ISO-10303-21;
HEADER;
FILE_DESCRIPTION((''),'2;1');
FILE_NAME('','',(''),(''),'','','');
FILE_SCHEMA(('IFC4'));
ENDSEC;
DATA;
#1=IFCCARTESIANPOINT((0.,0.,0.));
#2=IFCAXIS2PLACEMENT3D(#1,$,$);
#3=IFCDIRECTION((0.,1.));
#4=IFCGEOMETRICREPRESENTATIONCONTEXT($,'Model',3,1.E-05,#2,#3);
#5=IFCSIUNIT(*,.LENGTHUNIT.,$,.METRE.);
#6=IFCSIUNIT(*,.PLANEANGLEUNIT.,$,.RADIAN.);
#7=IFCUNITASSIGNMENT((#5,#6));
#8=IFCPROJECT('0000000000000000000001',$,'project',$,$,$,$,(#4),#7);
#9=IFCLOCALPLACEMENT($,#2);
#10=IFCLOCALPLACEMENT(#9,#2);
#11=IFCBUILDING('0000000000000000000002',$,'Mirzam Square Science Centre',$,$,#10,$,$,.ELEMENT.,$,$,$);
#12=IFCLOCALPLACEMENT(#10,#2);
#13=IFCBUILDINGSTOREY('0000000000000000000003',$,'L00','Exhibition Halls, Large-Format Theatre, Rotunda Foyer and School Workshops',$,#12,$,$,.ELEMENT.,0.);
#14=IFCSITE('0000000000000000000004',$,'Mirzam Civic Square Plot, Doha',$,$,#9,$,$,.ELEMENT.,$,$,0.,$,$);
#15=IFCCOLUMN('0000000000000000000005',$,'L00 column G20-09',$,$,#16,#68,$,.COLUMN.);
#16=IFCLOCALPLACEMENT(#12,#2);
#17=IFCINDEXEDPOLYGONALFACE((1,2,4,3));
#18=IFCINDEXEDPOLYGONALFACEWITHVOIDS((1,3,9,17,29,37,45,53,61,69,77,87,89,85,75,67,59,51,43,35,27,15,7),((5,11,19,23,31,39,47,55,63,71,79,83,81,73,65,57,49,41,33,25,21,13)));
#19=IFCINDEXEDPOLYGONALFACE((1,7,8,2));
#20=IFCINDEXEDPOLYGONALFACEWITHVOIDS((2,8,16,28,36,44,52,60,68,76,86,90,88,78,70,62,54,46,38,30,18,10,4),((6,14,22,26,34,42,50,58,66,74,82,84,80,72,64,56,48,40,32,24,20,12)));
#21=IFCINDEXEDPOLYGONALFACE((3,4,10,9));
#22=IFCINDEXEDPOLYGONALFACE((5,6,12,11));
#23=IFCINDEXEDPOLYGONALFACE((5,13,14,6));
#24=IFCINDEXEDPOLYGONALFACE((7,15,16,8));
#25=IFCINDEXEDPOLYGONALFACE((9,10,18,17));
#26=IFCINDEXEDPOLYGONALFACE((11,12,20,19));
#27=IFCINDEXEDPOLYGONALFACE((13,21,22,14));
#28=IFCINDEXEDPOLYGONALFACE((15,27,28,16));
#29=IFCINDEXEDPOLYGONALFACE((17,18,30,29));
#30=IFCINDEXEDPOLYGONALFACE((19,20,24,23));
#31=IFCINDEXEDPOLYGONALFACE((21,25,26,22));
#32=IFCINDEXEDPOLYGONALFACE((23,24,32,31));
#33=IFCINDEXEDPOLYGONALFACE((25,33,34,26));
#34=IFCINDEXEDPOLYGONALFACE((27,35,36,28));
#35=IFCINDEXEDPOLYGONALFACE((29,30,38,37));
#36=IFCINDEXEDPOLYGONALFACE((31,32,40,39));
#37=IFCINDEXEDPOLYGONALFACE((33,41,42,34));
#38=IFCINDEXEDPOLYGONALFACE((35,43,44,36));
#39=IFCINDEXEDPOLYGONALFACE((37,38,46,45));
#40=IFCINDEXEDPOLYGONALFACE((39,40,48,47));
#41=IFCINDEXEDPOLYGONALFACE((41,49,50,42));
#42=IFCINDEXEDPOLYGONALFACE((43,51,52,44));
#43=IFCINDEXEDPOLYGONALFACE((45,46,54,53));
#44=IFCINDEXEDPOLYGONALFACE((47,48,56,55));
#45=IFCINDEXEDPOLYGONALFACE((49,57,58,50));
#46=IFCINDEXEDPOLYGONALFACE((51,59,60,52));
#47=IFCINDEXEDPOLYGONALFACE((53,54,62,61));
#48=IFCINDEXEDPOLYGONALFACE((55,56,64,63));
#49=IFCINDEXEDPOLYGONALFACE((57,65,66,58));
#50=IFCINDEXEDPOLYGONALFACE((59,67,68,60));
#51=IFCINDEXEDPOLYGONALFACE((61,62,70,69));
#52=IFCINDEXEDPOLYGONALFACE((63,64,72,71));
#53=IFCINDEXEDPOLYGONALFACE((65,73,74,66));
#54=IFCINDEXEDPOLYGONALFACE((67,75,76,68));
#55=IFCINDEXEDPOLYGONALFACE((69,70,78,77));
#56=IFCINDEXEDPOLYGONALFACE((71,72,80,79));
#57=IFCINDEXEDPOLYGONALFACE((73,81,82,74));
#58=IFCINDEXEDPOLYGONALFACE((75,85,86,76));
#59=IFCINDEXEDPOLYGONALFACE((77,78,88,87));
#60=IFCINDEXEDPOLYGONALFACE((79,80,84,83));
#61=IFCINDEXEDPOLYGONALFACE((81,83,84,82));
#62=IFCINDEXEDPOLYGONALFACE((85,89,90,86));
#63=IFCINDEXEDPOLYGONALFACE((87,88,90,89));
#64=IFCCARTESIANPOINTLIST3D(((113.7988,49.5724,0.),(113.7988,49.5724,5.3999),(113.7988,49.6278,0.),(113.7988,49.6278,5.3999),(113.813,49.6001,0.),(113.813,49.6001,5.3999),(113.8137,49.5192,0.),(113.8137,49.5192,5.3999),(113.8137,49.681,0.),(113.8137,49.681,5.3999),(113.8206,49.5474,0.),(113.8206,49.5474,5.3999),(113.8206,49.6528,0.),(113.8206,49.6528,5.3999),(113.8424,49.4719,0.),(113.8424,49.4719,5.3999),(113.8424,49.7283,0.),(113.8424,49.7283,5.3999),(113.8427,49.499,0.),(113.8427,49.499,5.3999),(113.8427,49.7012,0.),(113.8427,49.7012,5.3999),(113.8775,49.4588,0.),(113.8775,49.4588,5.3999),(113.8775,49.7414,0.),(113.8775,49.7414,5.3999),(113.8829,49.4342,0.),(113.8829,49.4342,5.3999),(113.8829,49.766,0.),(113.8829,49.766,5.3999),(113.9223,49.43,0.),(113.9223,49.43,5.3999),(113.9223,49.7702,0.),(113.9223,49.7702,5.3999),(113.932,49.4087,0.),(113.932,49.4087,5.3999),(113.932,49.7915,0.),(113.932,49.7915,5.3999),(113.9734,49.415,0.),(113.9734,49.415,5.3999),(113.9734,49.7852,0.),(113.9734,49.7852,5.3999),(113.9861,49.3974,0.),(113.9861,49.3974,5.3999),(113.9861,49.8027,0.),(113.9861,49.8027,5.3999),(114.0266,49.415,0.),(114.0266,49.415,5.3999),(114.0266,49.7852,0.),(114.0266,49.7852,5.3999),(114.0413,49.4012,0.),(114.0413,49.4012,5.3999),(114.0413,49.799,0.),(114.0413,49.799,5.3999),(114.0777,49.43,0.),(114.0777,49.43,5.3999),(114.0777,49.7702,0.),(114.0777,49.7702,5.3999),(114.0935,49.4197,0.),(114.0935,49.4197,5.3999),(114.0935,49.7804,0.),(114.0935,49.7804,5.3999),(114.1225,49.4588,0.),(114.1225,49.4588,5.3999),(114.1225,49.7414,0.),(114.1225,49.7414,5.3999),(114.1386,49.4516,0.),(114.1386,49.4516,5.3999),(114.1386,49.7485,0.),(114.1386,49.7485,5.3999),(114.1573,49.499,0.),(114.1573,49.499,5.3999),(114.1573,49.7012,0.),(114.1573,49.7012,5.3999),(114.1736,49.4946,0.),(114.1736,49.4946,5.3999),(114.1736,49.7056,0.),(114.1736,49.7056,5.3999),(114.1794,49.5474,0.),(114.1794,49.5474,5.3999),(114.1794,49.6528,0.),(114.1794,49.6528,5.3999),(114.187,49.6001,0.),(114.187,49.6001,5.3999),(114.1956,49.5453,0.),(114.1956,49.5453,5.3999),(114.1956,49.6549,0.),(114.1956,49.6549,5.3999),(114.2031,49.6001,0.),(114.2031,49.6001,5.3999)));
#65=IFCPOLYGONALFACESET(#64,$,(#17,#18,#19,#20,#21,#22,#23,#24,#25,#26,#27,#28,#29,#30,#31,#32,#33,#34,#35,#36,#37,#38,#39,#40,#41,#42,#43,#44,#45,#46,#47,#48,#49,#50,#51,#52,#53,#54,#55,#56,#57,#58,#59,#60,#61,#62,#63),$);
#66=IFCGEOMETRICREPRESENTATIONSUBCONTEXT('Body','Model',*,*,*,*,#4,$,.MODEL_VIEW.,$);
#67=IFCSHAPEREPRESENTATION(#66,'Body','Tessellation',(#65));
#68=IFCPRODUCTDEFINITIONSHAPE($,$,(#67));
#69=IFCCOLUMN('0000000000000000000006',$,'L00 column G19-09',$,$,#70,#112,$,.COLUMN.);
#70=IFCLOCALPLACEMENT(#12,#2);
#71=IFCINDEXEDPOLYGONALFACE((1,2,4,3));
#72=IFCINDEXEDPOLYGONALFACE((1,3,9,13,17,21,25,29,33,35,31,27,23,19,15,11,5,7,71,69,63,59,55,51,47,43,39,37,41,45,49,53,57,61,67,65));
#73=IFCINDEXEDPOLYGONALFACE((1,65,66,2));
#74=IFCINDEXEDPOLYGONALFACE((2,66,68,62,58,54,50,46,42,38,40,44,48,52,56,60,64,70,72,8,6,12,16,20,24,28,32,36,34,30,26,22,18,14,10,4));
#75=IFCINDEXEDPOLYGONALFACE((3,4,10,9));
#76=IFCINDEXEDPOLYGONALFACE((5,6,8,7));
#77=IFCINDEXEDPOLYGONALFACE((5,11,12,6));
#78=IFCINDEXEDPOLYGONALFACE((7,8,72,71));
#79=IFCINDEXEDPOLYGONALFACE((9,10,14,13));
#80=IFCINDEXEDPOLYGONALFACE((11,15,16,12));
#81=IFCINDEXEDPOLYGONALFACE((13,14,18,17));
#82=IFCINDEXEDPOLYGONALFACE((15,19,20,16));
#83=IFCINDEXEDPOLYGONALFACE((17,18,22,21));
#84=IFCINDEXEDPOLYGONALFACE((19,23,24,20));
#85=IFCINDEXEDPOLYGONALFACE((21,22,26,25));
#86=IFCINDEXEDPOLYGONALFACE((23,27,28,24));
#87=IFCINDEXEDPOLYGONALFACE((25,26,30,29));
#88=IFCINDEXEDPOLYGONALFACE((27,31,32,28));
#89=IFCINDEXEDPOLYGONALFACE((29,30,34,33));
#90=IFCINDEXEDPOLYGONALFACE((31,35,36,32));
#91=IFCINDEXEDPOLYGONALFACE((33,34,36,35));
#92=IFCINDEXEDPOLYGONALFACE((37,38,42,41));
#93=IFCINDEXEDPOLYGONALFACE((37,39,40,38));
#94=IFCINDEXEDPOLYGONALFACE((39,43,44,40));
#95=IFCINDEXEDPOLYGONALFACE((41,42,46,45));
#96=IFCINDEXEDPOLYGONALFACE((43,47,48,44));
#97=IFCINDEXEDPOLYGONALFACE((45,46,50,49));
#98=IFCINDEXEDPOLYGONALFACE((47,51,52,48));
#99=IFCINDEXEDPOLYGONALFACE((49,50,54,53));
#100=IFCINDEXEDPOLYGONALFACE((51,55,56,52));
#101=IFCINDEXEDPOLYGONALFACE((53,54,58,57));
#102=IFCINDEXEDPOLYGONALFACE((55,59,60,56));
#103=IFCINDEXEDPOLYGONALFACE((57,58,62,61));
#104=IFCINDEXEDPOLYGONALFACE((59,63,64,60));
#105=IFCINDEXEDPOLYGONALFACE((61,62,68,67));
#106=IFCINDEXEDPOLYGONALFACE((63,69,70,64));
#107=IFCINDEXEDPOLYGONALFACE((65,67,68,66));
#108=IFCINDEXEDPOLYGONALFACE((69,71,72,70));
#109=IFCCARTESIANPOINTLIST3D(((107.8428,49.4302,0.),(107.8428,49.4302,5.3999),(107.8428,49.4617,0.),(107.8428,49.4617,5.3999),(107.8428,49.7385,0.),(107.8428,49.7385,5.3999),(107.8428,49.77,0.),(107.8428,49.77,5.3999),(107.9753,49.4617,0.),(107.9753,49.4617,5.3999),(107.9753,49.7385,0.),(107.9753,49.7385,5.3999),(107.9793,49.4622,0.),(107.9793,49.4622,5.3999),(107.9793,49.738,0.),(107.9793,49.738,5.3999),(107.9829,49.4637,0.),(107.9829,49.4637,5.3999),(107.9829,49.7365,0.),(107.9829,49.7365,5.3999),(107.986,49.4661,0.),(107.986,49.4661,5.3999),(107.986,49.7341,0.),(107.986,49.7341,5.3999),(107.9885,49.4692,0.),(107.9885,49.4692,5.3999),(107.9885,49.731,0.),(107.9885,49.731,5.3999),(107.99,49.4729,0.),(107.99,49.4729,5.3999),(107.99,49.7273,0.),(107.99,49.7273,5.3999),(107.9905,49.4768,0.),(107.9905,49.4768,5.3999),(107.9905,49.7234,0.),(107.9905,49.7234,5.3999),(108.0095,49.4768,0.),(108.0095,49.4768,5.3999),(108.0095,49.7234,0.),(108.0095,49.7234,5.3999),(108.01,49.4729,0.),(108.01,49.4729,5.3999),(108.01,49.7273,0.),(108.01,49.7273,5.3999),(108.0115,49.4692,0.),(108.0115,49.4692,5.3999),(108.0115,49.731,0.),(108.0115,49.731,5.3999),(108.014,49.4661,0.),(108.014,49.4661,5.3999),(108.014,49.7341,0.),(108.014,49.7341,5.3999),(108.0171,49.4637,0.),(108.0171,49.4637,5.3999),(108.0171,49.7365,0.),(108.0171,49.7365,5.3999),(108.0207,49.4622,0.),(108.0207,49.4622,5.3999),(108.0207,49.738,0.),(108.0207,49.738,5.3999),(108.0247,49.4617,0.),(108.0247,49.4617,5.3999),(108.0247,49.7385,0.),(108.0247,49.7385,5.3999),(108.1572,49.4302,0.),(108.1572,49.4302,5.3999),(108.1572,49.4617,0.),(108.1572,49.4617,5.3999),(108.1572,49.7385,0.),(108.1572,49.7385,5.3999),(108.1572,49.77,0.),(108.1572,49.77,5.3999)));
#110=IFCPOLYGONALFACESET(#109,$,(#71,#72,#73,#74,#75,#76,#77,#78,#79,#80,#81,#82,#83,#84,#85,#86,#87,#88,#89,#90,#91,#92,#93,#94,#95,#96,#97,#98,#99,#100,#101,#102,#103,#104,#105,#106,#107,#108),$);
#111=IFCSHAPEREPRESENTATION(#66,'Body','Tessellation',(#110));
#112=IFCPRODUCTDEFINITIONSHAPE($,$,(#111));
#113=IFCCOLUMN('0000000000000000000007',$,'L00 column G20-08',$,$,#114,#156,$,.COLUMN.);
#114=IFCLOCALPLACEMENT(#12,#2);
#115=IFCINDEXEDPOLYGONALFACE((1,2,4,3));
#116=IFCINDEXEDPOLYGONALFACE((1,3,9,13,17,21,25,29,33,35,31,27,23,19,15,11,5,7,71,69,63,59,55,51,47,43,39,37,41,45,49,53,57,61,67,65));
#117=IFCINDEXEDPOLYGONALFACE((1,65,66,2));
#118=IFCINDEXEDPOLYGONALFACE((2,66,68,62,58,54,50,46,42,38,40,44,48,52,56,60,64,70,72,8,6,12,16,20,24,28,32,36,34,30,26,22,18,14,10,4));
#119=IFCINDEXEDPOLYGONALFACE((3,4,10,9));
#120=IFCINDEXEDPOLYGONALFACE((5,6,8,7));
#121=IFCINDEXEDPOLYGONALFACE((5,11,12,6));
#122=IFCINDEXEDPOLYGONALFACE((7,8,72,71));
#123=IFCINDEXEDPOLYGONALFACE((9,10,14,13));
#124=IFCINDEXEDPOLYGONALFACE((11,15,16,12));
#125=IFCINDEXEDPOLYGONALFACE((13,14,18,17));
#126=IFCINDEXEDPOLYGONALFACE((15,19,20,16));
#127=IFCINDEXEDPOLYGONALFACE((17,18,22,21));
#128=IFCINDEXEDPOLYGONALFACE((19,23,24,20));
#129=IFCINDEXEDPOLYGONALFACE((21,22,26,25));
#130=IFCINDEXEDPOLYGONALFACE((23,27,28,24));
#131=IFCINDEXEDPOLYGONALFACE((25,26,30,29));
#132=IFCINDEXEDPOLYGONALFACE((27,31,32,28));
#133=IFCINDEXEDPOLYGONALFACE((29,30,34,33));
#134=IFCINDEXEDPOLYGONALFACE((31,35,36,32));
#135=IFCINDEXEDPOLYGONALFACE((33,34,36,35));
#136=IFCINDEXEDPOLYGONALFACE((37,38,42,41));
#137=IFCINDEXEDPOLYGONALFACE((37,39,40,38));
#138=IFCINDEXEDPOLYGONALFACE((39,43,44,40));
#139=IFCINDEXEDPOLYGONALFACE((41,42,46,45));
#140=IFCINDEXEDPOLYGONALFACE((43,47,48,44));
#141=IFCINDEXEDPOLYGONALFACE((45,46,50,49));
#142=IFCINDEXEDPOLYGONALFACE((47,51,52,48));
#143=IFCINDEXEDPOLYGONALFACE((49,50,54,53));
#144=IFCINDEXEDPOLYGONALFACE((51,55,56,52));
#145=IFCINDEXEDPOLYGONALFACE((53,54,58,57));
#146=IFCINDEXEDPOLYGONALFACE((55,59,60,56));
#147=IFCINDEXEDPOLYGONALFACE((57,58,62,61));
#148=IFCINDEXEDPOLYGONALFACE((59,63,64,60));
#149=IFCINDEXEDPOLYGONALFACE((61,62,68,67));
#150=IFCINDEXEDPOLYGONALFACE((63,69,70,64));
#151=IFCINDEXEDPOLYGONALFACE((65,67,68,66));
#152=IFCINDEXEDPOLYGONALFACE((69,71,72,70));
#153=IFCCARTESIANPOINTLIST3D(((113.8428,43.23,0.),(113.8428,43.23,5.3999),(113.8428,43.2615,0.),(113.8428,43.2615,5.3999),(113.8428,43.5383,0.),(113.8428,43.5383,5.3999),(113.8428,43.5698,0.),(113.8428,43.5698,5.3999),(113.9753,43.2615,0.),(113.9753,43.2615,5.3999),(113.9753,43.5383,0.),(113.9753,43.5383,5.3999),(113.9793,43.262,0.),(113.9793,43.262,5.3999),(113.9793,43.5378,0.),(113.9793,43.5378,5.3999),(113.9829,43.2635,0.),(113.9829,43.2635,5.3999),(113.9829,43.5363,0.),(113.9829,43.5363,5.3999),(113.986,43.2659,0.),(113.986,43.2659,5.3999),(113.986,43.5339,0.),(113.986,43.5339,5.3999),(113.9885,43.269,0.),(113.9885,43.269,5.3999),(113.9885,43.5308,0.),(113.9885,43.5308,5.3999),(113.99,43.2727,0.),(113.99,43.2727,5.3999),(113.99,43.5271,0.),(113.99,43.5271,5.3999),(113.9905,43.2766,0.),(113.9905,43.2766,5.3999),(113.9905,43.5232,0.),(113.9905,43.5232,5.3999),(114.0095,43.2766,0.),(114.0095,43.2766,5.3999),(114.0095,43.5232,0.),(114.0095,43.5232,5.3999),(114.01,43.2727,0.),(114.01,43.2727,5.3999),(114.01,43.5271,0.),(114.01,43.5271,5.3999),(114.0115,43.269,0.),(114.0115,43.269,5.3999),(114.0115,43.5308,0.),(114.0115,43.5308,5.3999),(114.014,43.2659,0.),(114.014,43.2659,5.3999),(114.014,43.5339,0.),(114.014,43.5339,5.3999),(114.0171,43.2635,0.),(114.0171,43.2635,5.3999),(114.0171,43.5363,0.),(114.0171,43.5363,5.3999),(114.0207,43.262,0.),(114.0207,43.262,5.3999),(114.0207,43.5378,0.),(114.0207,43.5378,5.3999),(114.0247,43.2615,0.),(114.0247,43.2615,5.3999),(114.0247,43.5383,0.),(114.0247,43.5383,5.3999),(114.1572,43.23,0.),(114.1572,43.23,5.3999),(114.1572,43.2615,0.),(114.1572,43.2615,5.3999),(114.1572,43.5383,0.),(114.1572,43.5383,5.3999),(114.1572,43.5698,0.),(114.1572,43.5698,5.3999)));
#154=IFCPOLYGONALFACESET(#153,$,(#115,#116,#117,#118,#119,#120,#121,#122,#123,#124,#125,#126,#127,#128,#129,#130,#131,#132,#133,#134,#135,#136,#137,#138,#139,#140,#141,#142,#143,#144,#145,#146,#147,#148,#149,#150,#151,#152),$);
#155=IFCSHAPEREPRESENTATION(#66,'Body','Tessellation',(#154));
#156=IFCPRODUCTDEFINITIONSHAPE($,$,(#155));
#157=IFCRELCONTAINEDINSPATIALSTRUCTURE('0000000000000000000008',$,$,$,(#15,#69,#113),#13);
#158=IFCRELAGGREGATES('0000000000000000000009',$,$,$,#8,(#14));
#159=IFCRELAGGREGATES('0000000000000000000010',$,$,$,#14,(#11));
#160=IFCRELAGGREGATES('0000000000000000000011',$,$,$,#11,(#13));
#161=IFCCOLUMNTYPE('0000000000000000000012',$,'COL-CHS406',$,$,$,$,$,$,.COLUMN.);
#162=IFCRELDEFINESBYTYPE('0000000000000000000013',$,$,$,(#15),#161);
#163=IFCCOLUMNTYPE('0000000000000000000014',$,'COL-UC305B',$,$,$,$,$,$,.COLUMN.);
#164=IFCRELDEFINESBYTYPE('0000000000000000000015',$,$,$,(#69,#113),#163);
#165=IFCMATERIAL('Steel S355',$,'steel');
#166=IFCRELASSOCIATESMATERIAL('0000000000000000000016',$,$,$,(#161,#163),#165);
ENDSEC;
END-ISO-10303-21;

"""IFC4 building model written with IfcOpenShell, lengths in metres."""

from ifc_helpers import new_model, si_unit, direction, frame, origin, origin_2d, place, context, subcontext, project, spatial, hollow_circle, i_section, extrude, material, material_profile, profile_set, type_object, element, save


model = new_model("IFC4")

# Units and contexts
model_context = context("Model", 3, precision=1e-05, world=origin(), true_north=direction((0.0, 1.0)))
body_context = subcontext(model_context, "Body", "Model", "MODEL_VIEW")
ifc_project = project(units=[si_unit("LENGTHUNIT", "METRE"), si_unit("PLANEANGLEUNIT", "RADIAN")], contexts=[model_context])

# Site, building, storey
site_placement = place(None, origin())
site = spatial("IfcSite", under=ifc_project, at=site_placement, Name="Mirzam Civic Square Plot, Doha", CompositionType="ELEMENT", RefElevation=0.0)
building_placement = place(site_placement, origin())
building = spatial("IfcBuilding", under=site, at=building_placement, Name="Mirzam Square Science Centre", CompositionType="ELEMENT")
storey_placement = place(building_placement, origin())
storey = spatial("IfcBuildingStorey", under=building, at=storey_placement, Name="L00", Description="Exhibition Halls, Large-Format Theatre, Rotunda Foyer and School Workshops", CompositionType="ELEMENT", Elevation=0.0)

# Columns
ifc_material_1 = material(Name="Steel S355", Category="steel")
ifc_material_profile_1 = material_profile(ifc_material_1, hollow_circle(Radius=0.2031, WallThickness=0.0161, at=origin_2d()), Name="406.4x16.0CHS")
ifc_profile_set_1 = profile_set([ifc_material_profile_1], Name="Steel S355")
column_type_1 = type_object("IfcColumnType", Name="COL-CHS406", PredefinedType="COLUMN", material=ifc_profile_set_1)
column_placement = place(storey_placement, frame((114.0, 49.6001, 0.0), z_axis=(0.0, 0.0, 1.0), x_axis=(1.0, 0.0, 0.0)))
element("IfcColumn", 1, at=column_placement, inside=storey, type_object=column_type_1, Name="L00 column G20-09", PredefinedType="COLUMN", context=body_context, shape_type="SweptSolid", body=[
    extrude(hollow_circle(Radius=0.2031, WallThickness=0.0161, at=origin_2d()), origin(), (0.0, 0.0, 1.0), 5.3999),
])
ifc_material_profile_2 = material_profile(ifc_material_1, i_section(OverallWidth=0.3145, OverallDepth=0.3398, WebThickness=0.019, FlangeThickness=0.0315, FilletRadius=0.0151, at=origin_2d()), Name="305x305x198UC")
ifc_profile_set_2 = profile_set([ifc_material_profile_2], Name="Steel S355")
column_type_2 = type_object("IfcColumnType", Name="COL-UC305B", PredefinedType="COLUMN", material=ifc_profile_set_2)
for number, where, z_axis, x_axis, name in (
    (2, (108.0, 49.6001, 0.0), (0.0, 0.0, 1.0), (1.0, 0.0, 0.0), "L00 column G19-09"),
    (3, (114.0, 43.3999, 0.0), (0.0, 0.0, 1.0), (1.0, 0.0, 0.0), "L00 column G20-08"),
):
    element("IfcColumn", number, at=place(storey_placement, frame(where, z_axis=z_axis, x_axis=x_axis)), inside=storey, type_object=column_type_2, Name=name, PredefinedType="COLUMN", context=body_context, shape_type="SweptSolid", body=[
        extrude(i_section(OverallWidth=0.3145, OverallDepth=0.3398, WebThickness=0.019, FlangeThickness=0.0315, FilletRadius=0.0151, at=origin_2d()), origin(), (0.0, 0.0, 1.0), 5.3999),
    ])

save(model, "model.ifc")
